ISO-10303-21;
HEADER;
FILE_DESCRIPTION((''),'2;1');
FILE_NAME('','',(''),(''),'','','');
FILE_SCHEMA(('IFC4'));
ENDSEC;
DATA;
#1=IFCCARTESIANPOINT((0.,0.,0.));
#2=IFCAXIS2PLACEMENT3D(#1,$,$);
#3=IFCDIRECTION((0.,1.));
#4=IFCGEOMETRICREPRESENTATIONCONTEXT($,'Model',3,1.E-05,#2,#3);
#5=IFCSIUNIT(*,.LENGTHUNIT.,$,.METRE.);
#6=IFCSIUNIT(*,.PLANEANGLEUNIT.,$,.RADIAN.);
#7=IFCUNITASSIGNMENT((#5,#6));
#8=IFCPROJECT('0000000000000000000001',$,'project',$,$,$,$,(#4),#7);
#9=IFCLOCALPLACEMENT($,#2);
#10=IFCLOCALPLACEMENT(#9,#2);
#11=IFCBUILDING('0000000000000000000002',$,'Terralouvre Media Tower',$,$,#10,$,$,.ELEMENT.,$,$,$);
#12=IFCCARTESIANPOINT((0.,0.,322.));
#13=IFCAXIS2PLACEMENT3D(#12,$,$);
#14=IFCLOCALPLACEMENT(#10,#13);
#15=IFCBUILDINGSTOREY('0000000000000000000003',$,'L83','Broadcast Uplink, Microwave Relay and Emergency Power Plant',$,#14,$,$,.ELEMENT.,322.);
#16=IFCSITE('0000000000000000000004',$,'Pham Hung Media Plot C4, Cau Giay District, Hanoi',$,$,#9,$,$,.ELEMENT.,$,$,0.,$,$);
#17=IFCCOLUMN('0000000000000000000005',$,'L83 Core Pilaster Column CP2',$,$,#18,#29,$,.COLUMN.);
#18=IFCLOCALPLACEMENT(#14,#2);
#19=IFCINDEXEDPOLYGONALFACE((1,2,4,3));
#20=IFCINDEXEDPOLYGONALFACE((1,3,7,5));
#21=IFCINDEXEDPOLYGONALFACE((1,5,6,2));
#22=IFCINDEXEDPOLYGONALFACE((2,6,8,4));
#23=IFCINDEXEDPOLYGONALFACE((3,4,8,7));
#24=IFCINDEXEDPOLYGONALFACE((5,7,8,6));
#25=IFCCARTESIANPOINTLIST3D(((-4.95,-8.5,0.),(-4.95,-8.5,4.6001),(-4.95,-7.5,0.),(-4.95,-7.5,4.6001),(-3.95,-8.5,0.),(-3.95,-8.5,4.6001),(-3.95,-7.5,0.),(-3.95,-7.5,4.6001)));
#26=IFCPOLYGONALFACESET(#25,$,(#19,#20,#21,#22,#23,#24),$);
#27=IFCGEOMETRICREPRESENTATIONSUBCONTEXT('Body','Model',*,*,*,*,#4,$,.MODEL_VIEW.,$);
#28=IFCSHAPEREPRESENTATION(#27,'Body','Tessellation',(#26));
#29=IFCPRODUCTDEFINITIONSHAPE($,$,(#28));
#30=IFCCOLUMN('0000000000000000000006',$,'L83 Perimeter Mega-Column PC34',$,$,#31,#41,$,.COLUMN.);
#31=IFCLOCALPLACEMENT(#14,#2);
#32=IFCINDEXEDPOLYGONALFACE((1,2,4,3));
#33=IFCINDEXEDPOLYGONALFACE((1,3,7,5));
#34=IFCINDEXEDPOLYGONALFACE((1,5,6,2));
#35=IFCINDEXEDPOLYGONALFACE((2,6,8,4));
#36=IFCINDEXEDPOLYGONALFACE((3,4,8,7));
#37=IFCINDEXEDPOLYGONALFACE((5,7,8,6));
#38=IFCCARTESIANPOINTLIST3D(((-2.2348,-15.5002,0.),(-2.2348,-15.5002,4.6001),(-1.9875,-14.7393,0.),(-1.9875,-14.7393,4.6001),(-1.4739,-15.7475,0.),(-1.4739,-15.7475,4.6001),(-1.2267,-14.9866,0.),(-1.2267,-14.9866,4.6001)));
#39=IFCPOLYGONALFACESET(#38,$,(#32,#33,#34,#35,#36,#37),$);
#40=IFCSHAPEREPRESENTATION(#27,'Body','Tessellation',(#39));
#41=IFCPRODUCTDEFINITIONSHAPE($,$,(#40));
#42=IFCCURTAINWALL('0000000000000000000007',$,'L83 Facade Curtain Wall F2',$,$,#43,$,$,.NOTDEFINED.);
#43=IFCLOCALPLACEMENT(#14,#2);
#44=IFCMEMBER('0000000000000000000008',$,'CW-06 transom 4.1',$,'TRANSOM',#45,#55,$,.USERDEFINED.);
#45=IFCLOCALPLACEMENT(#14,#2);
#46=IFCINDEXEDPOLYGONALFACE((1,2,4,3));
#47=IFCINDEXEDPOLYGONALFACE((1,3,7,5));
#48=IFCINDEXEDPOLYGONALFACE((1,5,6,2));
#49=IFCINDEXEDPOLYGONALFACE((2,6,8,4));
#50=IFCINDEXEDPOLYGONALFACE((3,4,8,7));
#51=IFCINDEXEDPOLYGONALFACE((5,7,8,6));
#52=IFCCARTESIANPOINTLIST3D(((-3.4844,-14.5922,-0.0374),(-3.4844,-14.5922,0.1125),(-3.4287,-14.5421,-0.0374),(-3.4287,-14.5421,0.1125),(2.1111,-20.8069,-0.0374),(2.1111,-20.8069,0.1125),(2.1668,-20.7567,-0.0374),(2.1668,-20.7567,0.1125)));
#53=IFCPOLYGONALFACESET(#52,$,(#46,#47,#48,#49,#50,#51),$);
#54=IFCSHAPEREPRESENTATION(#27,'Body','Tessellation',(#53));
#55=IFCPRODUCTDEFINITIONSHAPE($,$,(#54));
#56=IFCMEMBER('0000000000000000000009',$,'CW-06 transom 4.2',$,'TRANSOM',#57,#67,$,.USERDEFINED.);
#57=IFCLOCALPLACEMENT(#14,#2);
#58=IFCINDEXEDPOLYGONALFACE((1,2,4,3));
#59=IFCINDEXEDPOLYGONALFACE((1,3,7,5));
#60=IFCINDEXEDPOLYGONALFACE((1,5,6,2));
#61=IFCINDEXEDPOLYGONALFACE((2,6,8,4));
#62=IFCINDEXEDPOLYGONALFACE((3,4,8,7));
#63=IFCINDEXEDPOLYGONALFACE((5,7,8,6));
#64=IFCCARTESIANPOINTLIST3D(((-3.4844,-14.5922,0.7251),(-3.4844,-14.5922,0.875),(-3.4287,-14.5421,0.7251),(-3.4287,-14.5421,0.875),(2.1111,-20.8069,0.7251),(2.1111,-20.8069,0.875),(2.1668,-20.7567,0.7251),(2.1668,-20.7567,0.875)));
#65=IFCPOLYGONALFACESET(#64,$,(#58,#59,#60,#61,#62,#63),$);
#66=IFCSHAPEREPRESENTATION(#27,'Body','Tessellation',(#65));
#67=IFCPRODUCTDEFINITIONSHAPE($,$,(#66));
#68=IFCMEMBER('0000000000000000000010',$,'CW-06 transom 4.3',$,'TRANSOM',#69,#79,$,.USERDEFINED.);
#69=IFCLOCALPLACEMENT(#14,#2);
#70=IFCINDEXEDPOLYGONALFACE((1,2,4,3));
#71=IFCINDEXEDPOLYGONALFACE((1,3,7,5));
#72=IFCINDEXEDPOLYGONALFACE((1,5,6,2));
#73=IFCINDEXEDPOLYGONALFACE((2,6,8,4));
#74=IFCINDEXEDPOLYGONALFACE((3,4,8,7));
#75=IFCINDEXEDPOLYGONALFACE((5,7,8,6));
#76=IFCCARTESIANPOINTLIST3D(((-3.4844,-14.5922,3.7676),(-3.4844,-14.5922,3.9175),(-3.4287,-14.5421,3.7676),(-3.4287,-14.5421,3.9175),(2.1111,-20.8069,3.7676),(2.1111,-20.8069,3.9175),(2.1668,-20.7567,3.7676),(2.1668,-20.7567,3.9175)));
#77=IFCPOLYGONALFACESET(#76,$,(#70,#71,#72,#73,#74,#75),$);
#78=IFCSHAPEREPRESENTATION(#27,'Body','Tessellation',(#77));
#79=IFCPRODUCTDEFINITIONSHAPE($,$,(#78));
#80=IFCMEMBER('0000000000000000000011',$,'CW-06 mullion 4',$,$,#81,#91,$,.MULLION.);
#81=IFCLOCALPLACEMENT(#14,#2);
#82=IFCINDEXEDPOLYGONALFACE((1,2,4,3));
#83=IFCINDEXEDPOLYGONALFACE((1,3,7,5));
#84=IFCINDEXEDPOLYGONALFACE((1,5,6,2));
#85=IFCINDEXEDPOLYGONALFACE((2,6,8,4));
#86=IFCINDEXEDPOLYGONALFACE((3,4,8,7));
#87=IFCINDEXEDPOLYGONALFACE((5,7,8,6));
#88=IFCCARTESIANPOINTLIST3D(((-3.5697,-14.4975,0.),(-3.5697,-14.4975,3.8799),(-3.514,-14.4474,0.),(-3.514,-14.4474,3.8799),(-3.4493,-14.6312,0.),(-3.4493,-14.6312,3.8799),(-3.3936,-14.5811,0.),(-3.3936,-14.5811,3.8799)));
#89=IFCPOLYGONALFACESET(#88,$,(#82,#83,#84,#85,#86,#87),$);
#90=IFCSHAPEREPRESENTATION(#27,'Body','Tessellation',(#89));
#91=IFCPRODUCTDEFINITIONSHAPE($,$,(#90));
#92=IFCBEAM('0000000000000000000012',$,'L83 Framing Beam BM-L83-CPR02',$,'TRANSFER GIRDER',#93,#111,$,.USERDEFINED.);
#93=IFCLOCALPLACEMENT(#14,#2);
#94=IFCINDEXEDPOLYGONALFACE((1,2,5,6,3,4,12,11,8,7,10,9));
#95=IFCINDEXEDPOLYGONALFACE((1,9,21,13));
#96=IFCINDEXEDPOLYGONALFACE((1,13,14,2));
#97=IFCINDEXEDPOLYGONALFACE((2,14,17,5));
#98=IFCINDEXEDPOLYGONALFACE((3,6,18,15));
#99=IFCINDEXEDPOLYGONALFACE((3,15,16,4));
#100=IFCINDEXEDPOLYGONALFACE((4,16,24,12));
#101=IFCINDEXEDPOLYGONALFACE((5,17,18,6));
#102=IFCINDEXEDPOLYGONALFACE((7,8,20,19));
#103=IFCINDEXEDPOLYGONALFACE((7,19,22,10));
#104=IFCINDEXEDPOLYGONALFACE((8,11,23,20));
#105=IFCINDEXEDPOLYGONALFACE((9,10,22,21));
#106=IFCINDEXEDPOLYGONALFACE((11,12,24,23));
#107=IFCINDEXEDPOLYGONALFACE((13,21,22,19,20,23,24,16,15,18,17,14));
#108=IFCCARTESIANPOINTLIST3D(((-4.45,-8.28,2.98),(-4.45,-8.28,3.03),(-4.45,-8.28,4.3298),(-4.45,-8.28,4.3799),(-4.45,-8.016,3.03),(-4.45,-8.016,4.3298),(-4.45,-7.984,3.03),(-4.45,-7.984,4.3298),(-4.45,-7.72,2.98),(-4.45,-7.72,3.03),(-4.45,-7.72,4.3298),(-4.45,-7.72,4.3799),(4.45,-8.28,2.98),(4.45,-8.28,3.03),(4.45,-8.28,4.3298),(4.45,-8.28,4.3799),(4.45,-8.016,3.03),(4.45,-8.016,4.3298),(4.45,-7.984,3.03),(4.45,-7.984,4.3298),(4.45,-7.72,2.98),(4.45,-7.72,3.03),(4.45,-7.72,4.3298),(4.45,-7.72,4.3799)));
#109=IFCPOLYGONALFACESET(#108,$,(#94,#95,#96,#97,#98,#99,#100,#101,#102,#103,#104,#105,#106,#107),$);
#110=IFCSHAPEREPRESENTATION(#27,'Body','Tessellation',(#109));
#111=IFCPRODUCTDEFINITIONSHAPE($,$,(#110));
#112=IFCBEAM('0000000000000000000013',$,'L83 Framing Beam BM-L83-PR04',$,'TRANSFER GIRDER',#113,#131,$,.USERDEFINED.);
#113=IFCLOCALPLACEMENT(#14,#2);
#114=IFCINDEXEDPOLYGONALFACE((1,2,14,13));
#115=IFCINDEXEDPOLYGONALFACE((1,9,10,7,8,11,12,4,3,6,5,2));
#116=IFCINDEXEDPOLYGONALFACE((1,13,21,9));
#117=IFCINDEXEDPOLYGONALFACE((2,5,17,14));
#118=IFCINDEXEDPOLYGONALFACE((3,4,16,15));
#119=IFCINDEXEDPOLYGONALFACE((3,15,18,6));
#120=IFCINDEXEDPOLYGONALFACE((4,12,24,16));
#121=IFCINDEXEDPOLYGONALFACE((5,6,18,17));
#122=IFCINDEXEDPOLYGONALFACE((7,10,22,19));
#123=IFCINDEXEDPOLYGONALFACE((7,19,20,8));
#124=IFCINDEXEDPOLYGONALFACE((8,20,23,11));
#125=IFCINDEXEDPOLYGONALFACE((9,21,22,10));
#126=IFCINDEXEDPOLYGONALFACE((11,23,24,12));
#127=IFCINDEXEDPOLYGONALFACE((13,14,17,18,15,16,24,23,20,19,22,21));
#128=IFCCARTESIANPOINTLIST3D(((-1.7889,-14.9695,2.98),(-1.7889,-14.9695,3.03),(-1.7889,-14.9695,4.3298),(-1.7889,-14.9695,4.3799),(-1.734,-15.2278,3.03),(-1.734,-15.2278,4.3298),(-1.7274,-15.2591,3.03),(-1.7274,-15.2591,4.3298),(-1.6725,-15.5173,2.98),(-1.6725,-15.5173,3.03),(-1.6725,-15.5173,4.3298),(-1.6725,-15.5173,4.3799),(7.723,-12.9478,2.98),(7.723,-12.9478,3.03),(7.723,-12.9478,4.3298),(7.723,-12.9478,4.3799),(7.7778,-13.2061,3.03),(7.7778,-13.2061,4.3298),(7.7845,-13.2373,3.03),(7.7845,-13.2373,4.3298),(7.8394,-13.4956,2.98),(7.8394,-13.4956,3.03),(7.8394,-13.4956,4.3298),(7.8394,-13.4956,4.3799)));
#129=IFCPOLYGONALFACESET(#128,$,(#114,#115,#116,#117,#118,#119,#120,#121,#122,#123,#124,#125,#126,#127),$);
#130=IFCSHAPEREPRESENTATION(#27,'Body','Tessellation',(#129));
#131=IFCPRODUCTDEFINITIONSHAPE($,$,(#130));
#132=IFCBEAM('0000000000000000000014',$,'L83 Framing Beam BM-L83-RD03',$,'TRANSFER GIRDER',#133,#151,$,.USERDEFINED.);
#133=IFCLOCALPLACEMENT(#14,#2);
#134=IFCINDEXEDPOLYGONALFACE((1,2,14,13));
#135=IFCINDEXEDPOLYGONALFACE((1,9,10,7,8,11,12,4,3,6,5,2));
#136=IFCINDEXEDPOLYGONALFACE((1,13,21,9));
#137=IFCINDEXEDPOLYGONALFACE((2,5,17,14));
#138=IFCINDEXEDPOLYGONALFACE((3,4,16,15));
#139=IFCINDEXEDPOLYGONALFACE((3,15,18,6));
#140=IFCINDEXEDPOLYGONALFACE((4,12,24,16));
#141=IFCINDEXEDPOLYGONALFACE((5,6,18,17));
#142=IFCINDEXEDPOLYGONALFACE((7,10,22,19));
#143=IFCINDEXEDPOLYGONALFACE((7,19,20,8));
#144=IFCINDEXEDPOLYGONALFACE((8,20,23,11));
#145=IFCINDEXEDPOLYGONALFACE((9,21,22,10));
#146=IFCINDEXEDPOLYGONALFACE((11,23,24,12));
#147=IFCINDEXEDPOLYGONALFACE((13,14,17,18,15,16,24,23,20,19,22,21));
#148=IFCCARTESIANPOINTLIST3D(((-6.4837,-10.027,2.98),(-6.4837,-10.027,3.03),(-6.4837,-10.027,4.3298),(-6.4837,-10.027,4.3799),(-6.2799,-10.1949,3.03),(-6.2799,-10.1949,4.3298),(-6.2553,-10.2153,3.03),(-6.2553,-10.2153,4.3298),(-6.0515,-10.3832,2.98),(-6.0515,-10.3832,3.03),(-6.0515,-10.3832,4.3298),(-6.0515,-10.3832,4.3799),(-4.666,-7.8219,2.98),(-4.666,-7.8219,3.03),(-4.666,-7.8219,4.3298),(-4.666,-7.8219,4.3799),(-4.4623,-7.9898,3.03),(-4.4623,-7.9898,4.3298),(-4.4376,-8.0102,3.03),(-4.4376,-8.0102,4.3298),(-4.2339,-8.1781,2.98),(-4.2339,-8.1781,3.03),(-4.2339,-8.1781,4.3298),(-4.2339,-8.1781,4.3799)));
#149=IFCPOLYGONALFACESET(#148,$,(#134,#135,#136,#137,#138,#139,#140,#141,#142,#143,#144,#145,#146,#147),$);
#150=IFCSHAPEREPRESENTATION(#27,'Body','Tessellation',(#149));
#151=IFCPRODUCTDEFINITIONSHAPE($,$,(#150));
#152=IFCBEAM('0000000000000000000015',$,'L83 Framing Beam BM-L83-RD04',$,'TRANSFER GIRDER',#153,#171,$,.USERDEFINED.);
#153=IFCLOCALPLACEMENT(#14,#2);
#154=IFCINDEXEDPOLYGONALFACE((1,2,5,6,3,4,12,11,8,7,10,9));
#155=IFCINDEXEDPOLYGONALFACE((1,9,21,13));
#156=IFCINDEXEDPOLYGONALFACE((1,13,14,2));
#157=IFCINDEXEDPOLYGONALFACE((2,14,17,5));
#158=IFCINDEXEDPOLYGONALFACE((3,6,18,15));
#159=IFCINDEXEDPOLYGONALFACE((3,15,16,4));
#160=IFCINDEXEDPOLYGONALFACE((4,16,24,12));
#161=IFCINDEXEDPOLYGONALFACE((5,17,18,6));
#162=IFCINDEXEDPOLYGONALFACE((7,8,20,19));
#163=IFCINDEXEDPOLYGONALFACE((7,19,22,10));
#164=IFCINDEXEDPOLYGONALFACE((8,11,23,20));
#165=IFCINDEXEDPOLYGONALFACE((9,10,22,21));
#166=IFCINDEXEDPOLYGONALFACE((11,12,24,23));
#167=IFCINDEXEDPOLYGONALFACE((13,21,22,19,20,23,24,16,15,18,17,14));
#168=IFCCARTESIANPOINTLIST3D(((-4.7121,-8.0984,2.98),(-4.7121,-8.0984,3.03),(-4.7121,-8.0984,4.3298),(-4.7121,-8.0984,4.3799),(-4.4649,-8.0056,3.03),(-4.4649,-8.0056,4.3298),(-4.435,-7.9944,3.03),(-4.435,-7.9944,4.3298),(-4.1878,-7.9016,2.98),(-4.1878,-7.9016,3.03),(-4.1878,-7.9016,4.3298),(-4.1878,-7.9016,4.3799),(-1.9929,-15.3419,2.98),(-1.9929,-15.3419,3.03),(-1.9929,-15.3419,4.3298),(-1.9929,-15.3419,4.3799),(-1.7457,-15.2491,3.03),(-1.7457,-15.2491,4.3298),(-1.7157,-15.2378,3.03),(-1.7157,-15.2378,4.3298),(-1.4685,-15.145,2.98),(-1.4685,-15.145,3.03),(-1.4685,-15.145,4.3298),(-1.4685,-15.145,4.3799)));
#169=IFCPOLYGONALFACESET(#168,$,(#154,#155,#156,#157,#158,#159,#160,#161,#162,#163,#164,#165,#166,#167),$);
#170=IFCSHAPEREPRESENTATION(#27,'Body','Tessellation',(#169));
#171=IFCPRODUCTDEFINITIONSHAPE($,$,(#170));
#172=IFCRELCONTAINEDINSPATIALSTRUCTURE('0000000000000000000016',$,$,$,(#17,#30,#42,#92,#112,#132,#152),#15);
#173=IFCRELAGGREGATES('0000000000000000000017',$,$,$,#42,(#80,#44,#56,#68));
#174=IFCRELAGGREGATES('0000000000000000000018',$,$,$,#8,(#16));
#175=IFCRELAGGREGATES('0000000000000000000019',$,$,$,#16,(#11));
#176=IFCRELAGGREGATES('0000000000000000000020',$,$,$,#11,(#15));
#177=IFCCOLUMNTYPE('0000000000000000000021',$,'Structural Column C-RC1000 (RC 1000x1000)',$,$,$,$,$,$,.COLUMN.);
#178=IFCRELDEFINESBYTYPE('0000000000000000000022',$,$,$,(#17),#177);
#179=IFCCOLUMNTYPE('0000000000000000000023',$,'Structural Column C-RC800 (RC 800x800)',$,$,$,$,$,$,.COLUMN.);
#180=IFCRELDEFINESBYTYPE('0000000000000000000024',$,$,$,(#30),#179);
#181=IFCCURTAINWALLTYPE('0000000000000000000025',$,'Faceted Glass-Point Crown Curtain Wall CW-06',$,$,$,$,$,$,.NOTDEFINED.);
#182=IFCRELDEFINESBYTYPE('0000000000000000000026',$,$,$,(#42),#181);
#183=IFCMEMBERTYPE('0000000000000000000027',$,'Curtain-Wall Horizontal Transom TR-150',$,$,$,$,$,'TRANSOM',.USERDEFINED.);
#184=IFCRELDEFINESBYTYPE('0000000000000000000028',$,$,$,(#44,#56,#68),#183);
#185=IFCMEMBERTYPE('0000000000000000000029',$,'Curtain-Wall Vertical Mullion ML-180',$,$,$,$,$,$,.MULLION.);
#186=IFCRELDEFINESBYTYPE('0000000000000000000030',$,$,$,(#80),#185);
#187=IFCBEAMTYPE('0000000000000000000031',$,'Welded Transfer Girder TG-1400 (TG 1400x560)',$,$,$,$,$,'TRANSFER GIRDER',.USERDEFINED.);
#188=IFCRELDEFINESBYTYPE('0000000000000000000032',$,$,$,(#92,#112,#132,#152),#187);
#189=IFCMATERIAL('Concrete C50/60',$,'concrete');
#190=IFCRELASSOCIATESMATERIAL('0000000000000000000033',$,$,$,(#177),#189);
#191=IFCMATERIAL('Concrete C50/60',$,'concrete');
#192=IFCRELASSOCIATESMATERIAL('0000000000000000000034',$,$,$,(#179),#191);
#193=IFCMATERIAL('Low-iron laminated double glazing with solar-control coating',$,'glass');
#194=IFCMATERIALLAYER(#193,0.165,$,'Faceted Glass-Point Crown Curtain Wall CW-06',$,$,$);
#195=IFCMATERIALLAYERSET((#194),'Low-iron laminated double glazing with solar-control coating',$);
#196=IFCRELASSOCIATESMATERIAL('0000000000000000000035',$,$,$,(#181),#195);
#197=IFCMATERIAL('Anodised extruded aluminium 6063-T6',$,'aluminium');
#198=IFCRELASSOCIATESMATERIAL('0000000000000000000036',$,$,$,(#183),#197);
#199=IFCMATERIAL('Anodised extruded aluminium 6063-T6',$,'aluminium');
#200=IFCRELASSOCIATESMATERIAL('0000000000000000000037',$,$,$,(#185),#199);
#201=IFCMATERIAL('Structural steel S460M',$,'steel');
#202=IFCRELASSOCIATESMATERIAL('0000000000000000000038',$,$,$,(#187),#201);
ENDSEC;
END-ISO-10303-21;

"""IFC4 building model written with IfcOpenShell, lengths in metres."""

from ifc_helpers import new_model, si_unit, direction, frame, origin, origin_2d, place, context, subcontext, project, spatial, rectangle, i_section, extrude, material, layer, layer_set, material_profile, profile_set, type_object, element, aggregate, save


model = new_model("IFC4")

# Units and contexts
model_context = context("Model", 3, precision=1e-05, world=origin(), true_north=direction((0.0, 1.0)))
body_context = subcontext(model_context, "Body", "Model", "MODEL_VIEW")
ifc_project = project(units=[si_unit("LENGTHUNIT", "METRE"), si_unit("PLANEANGLEUNIT", "RADIAN")], contexts=[model_context])

# Site, building, storey
site_placement = place(None, origin())
site = spatial("IfcSite", under=ifc_project, at=site_placement, Name="Pham Hung Media Plot C4, Cau Giay District, Hanoi", CompositionType="ELEMENT", RefElevation=0.0)
building_placement = place(site_placement, origin())
building = spatial("IfcBuilding", under=site, at=building_placement, Name="Terralouvre Media Tower", CompositionType="ELEMENT")
storey_placement = place(building_placement, frame((0.0, 0.0, 322.0)))
storey = spatial("IfcBuildingStorey", under=building, at=storey_placement, Name="L83", Description="Broadcast Uplink, Microwave Relay and Emergency Power Plant", CompositionType="ELEMENT", Elevation=322.0)

# Columns
ifc_material_1 = material(Name="Concrete C50/60", Category="concrete")
ifc_material_profile_1 = material_profile(ifc_material_1, rectangle(XDim=1.0, YDim=1.0, at=origin_2d()), Name="RC 1000x1000")
ifc_profile_set_1 = profile_set([ifc_material_profile_1], Name="Concrete C50/60")
column_type_1 = type_object("IfcColumnType", Name="Structural Column C-RC1000 (RC 1000x1000)", PredefinedType="COLUMN", material=ifc_profile_set_1)
column_1_placement = place(storey_placement, frame((-4.45, -8.0, 0.0), z_axis=(0.0, 0.0, 1.0), x_axis=(1.0, 0.0, 0.0)))
element("IfcColumn", 1, at=column_1_placement, inside=storey, type_object=column_type_1, Name="L83 Core Pilaster Column CP2", PredefinedType="COLUMN", context=body_context, shape_type="SweptSolid", body=[
    extrude(rectangle(XDim=1.0, YDim=1.0, at=origin_2d()), origin(), (0.0, 0.0, 1.0), 4.6001),
])
ifc_material_2 = material(Name="Concrete C50/60", Category="concrete")
ifc_material_profile_2 = material_profile(ifc_material_2, rectangle(XDim=0.8, YDim=0.8, at=origin_2d()), Name="RC 800x800")
ifc_profile_set_2 = profile_set([ifc_material_profile_2], Name="Concrete C50/60")
column_type_2 = type_object("IfcColumnType", Name="Structural Column C-RC800 (RC 800x800)", PredefinedType="COLUMN", material=ifc_profile_set_2)
column_2_placement = place(storey_placement, frame((-1.7307, -15.2434, 0.0), z_axis=(0.0, 0.0, 1.0), x_axis=(0.309017, 0.951057, 0.0)))
element("IfcColumn", 2, at=column_2_placement, inside=storey, type_object=column_type_2, Name="L83 Perimeter Mega-Column PC34", PredefinedType="COLUMN", context=body_context, shape_type="SweptSolid", body=[
    extrude(rectangle(XDim=0.8, YDim=0.8, at=origin_2d()), origin(), (0.0, 0.0, 1.0), 4.6001),
])

# Curtain wall, members
ifc_material_3 = material(Name="Low-iron laminated double glazing with solar-control coating", Category="glass")
ifc_layer_1 = layer(ifc_material_3, 0.165, Name="Faceted Glass-Point Crown Curtain Wall CW-06")
ifc_layer_set_1 = layer_set([ifc_layer_1], Name="Low-iron laminated double glazing with solar-control coating")
curtain_wall_type = type_object("IfcCurtainWallType", Name="Faceted Glass-Point Crown Curtain Wall CW-06", PredefinedType="NOTDEFINED", material=ifc_layer_set_1)
curtain_wall_placement = place(storey_placement, origin())
curtain_wall = element("IfcCurtainWall", 3, at=curtain_wall_placement, inside=storey, type_object=curtain_wall_type, Name="L83 Facade Curtain Wall F2", PredefinedType="NOTDEFINED")
ifc_material_4 = material(Name="Anodised extruded aluminium 6063-T6", Category="aluminium")
ifc_material_profile_3 = material_profile(ifc_material_4, rectangle(XDim=0.075, YDim=0.1499, at=origin_2d()), Name="ALU 75x150")
ifc_profile_set_3 = profile_set([ifc_material_profile_3], Name="Anodised extruded aluminium 6063-T6")
member_type_1 = type_object("IfcMemberType", Name="Curtain-Wall Horizontal Transom TR-150", ElementType="TRANSOM", PredefinedType="USERDEFINED", material=ifc_profile_set_3)
member_1_placement = place(storey_placement, frame((-3.4565, -14.5671, 0.0376), z_axis=(0.669118, -0.743156, 0.0), x_axis=(0.743156, 0.669118, 0.0)))
member_1 = element("IfcMember", 4, at=member_1_placement, type_object=member_type_1, Name="CW-06 transom 4.1", ObjectType="TRANSOM", PredefinedType="USERDEFINED", context=body_context, shape_type="SweptSolid", body=[
    extrude(rectangle(XDim=0.075, YDim=0.1499, at=origin_2d()), origin(), (0.0, 0.0, 1.0), 8.3625),
])
member_2_placement = place(storey_placement, frame((-3.4565, -14.5671, 0.8), z_axis=(0.669118, -0.743156, 0.0), x_axis=(0.743156, 0.669118, 0.0)))
member_2 = element("IfcMember", 5, at=member_2_placement, type_object=member_type_1, Name="CW-06 transom 4.2", ObjectType="TRANSOM", PredefinedType="USERDEFINED", context=body_context, shape_type="SweptSolid", body=[
    extrude(rectangle(XDim=0.075, YDim=0.1499, at=origin_2d()), origin(), (0.0, 0.0, 1.0), 8.3625),
])
member_3_placement = place(storey_placement, frame((-3.4565, -14.5671, 3.8425), z_axis=(0.669118, -0.743156, 0.0), x_axis=(0.743156, 0.669118, 0.0)))
member_3 = element("IfcMember", 6, at=member_3_placement, type_object=member_type_1, Name="CW-06 transom 4.3", ObjectType="TRANSOM", PredefinedType="USERDEFINED", context=body_context, shape_type="SweptSolid", body=[
    extrude(rectangle(XDim=0.075, YDim=0.1499, at=origin_2d()), origin(), (0.0, 0.0, 1.0), 8.3625),
])
ifc_material_5 = material(Name="Anodised extruded aluminium 6063-T6", Category="aluminium")
ifc_material_profile_4 = material_profile(ifc_material_5, rectangle(XDim=0.075, YDim=0.1799, at=origin_2d()), Name="ALU 75x180")
ifc_profile_set_4 = profile_set([ifc_material_profile_4], Name="Anodised extruded aluminium 6063-T6")
member_type_2 = type_object("IfcMemberType", Name="Curtain-Wall Vertical Mullion ML-180", PredefinedType="MULLION", material=ifc_profile_set_4)
member_4_placement = place(storey_placement, frame((-3.4817, -14.5393, 0.0), z_axis=(0.0, 0.0, 1.0), x_axis=(0.743145, 0.669131, 0.0)))
member_4 = element("IfcMember", 7, at=member_4_placement, type_object=member_type_2, Name="CW-06 mullion 4", PredefinedType="MULLION", context=body_context, shape_type="SweptSolid", body=[
    extrude(rectangle(XDim=0.075, YDim=0.1799, at=origin_2d()), origin(), (0.0, 0.0, 1.0), 3.8799),
])

# Beams
ifc_material_6 = material(Name="Structural steel S460M", Category="steel")
ifc_material_profile_5 = material_profile(ifc_material_6, i_section(OverallWidth=0.5601, OverallDepth=1.3999, WebThickness=0.032, FlangeThickness=0.05, at=origin_2d()), Name="TG 1400x560")
ifc_profile_set_5 = profile_set([ifc_material_profile_5], Name="Structural steel S460M")
beam_type = type_object("IfcBeamType", Name="Welded Transfer Girder TG-1400 (TG 1400x560)", ElementType="TRANSFER GIRDER", PredefinedType="USERDEFINED", material=ifc_profile_set_5)
beam_1_placement = place(storey_placement, frame((-4.45, -8.0, 3.6799), z_axis=(1.0, 0.0, 0.0), x_axis=(0.0, 1.0, 0.0)))
element("IfcBeam", 8, at=beam_1_placement, inside=storey, type_object=beam_type, Name="L83 Framing Beam BM-L83-CPR02", ObjectType="TRANSFER GIRDER", PredefinedType="USERDEFINED", context=body_context, shape_type="SweptSolid", body=[
    extrude(i_section(OverallWidth=0.5601, OverallDepth=1.3999, WebThickness=0.032, FlangeThickness=0.05, at=origin_2d()), origin(), (0.0, 0.0, 1.0), 8.8999),
])
beam_2_placement = place(storey_placement, frame((-1.7307, -15.2434, 3.6799), z_axis=(0.97815, 0.207902, 0.0), x_axis=(-0.207902, 0.97815, 0.0)))
element("IfcBeam", 9, at=beam_2_placement, inside=storey, type_object=beam_type, Name="L83 Framing Beam BM-L83-PR04", ObjectType="TRANSFER GIRDER", PredefinedType="USERDEFINED", context=body_context, shape_type="SweptSolid", body=[
    extrude(i_section(OverallWidth=0.5601, OverallDepth=1.3999, WebThickness=0.032, FlangeThickness=0.05, at=origin_2d()), origin(), (0.0, 0.0, 1.0), 9.7244),
])
beam_3_placement = place(storey_placement, frame((-4.45, -8.0, 3.6799), z_axis=(-0.636058, -0.771642, 0.0), x_axis=(0.771642, -0.636058, 0.0)))
element("IfcBeam", 10, at=beam_3_placement, inside=storey, type_object=beam_type, Name="L83 Framing Beam BM-L83-RD03", ObjectType="TRANSFER GIRDER", PredefinedType="USERDEFINED", context=body_context, shape_type="SweptSolid", body=[
    extrude(i_section(OverallWidth=0.5601, OverallDepth=1.3999, WebThickness=0.032, FlangeThickness=0.05, at=origin_2d()), origin(), (0.0, 0.0, 1.0), 2.8577),
])
beam_4_placement = place(storey_placement, frame((-4.45, -8.0, 3.6799), z_axis=(0.351459, -0.936203, 0.0), x_axis=(0.936203, 0.351459, 0.0)))
element("IfcBeam", 11, at=beam_4_placement, inside=storey, type_object=beam_type, Name="L83 Framing Beam BM-L83-RD04", ObjectType="TRANSFER GIRDER", PredefinedType="USERDEFINED", context=body_context, shape_type="SweptSolid", body=[
    extrude(i_section(OverallWidth=0.5601, OverallDepth=1.3999, WebThickness=0.032, FlangeThickness=0.05, at=origin_2d()), origin(), (0.0, 0.0, 1.0), 7.7371),
])

aggregate(curtain_wall, [member_4, member_1, member_2, member_3])

save(model, "model.ifc")
